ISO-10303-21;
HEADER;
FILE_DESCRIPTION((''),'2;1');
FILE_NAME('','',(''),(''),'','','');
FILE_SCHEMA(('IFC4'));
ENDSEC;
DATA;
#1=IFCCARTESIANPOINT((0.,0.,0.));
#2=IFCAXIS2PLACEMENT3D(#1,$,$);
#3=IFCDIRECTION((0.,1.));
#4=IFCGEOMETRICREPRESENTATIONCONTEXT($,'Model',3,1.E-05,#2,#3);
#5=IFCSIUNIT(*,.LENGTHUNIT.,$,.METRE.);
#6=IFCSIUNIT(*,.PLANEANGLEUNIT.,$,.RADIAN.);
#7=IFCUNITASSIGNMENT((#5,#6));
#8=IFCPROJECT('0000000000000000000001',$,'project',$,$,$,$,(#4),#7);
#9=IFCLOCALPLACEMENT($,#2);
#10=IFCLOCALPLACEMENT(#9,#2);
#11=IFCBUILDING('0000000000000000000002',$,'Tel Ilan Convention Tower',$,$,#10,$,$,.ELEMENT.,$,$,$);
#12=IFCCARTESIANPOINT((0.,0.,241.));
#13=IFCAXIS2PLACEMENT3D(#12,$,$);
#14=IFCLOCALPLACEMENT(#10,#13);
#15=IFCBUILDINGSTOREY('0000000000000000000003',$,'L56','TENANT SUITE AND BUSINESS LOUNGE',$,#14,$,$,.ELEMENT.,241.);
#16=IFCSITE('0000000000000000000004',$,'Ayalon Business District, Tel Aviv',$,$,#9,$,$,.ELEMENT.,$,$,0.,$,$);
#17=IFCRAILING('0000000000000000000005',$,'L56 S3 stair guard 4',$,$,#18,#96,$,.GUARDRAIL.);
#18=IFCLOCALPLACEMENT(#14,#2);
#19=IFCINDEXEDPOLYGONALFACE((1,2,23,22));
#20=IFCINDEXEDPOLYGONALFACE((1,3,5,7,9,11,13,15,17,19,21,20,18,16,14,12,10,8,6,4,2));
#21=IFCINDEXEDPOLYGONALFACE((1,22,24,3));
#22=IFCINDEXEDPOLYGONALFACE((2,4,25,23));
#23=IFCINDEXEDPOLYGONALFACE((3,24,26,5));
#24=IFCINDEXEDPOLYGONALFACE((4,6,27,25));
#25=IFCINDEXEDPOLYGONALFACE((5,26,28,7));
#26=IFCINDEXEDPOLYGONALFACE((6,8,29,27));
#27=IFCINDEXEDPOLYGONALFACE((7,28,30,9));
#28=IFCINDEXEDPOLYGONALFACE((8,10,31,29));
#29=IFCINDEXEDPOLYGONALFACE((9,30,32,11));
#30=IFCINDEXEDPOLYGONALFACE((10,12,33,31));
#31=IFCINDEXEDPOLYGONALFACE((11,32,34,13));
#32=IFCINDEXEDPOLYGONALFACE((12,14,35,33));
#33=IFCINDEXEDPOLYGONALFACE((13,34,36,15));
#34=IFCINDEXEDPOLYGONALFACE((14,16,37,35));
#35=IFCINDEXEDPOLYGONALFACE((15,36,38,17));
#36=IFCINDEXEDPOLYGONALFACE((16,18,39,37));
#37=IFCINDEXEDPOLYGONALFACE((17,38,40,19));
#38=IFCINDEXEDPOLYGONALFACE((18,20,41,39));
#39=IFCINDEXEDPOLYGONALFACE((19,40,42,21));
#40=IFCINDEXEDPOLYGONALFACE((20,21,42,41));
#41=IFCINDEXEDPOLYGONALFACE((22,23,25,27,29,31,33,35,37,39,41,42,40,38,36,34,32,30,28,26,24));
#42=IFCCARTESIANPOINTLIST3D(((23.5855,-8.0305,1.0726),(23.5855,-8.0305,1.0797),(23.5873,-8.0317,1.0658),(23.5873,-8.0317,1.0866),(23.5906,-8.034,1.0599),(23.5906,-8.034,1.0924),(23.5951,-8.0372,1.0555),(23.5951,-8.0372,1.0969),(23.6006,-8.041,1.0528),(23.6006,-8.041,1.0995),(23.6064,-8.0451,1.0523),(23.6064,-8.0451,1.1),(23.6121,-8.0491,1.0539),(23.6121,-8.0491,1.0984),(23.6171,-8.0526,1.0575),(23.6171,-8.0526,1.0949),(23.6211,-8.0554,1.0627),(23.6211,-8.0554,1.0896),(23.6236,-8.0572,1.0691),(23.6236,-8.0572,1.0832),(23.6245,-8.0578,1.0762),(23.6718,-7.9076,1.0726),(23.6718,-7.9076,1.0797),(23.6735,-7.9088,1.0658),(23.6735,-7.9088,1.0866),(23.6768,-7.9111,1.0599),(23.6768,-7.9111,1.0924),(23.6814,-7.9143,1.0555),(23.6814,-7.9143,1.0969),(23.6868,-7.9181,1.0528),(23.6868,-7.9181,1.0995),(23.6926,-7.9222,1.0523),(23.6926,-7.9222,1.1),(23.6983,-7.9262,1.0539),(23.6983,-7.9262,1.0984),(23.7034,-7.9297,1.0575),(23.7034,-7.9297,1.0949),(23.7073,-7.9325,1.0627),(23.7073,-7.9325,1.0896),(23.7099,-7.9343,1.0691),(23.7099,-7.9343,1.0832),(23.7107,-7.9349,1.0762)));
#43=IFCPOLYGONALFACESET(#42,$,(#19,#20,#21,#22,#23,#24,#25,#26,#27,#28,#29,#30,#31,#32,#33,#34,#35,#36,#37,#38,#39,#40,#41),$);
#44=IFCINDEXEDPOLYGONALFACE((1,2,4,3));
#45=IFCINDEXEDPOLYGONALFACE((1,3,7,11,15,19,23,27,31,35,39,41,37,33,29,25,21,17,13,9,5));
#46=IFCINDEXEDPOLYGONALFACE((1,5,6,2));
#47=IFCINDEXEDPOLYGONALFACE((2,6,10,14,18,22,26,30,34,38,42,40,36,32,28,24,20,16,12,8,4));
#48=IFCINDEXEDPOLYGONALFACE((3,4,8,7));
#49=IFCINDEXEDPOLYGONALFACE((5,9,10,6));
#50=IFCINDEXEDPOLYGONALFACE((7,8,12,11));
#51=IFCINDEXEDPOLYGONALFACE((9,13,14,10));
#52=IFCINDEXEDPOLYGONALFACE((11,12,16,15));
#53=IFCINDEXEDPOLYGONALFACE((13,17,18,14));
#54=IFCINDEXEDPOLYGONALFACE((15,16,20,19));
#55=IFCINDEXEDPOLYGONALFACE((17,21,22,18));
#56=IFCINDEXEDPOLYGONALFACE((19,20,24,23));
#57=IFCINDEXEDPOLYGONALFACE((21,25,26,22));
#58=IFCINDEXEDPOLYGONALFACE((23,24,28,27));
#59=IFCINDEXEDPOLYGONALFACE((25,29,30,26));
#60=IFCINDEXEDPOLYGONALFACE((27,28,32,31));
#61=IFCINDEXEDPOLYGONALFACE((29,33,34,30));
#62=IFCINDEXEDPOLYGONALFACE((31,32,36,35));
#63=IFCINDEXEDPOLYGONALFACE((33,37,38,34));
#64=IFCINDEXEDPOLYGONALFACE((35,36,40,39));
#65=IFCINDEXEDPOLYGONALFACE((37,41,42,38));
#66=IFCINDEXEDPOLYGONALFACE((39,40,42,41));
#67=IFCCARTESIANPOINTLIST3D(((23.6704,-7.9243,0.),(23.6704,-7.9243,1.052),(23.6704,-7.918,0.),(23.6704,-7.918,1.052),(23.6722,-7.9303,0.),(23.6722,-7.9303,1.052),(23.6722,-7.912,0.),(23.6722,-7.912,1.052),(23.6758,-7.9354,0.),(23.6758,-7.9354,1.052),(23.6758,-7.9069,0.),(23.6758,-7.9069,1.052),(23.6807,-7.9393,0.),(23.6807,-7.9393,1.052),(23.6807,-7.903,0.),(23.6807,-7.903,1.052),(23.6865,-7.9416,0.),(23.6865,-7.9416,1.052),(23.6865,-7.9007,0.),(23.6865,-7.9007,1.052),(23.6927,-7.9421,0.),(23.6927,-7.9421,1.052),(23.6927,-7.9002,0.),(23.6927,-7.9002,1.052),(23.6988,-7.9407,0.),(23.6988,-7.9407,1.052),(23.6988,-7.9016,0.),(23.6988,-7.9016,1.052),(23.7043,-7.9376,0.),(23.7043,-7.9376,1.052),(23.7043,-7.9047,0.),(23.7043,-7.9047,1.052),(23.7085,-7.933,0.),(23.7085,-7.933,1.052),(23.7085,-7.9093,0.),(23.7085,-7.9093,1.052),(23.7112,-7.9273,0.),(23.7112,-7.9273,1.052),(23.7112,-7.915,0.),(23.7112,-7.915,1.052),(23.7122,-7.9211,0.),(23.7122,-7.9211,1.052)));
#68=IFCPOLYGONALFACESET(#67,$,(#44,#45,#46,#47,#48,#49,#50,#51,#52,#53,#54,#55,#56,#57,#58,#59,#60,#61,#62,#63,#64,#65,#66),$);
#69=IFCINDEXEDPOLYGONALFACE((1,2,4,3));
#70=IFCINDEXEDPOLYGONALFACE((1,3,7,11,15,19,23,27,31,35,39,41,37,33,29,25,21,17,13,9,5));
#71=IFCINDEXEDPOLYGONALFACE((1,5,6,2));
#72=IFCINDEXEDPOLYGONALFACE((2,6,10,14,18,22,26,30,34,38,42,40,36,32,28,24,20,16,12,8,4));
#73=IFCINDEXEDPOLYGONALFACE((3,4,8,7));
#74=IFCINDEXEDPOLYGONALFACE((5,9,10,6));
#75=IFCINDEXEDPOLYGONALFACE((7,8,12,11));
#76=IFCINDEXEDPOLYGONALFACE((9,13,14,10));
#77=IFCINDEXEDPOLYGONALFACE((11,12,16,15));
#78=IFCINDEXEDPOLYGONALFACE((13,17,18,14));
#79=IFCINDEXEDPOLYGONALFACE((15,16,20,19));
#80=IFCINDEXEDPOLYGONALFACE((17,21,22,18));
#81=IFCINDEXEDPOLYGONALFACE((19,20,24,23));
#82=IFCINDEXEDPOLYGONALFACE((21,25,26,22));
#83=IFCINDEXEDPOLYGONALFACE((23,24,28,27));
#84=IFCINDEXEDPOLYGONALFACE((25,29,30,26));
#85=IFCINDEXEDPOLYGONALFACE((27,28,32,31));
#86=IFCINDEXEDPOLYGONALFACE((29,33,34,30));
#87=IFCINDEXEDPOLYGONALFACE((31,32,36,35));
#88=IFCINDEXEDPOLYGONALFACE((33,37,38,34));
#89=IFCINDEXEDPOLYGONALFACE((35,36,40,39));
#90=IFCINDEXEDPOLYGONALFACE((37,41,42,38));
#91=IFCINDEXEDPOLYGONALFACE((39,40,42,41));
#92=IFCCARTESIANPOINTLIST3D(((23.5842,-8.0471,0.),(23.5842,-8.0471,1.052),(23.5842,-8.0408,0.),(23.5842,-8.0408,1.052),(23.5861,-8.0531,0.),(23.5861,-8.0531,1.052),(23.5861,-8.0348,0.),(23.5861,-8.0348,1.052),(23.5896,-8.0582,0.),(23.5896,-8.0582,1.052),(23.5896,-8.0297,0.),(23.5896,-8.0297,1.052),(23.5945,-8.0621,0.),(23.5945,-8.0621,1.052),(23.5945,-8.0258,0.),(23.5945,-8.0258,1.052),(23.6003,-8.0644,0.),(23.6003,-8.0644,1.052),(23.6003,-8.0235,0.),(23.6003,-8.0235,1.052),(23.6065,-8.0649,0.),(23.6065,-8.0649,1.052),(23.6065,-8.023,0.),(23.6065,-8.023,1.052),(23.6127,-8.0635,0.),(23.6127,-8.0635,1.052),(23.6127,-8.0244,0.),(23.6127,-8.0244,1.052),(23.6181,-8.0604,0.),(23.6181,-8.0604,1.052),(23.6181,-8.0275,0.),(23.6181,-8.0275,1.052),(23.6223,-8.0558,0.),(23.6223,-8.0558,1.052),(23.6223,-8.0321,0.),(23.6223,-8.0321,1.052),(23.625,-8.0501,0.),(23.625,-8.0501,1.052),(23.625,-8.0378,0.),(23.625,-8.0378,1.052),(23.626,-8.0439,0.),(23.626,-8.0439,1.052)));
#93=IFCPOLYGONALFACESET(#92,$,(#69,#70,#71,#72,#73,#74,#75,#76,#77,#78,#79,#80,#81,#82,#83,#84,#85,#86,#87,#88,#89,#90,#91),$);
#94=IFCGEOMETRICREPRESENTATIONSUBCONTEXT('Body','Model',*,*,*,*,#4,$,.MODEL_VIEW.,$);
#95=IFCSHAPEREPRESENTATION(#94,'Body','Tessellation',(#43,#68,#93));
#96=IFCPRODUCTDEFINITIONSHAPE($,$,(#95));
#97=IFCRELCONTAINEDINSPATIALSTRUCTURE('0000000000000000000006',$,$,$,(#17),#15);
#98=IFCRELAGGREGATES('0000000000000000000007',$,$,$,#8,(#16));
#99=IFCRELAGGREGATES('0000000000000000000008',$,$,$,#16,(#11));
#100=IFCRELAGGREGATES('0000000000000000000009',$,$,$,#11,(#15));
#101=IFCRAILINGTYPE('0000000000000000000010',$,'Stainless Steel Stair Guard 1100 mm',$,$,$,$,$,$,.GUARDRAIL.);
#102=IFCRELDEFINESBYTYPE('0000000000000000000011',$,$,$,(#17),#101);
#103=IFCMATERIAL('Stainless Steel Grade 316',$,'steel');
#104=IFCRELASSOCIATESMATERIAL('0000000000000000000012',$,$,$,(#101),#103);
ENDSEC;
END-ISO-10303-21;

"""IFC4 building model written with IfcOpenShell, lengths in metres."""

from ifc_helpers import new_model, si_unit, direction, frame, origin, origin_2d, place, context, subcontext, project, spatial, circle, extrude, material, type_object, element, save


model = new_model("IFC4")

# Units and contexts
model_context = context("Model", 3, precision=1e-05, world=origin(), true_north=direction((0.0, 1.0)))
body_context = subcontext(model_context, "Body", "Model", "MODEL_VIEW")
ifc_project = project(units=[si_unit("LENGTHUNIT", "METRE"), si_unit("PLANEANGLEUNIT", "RADIAN")], contexts=[model_context])

# Site, building, storey
site_placement = place(None, origin())
site = spatial("IfcSite", under=ifc_project, at=site_placement, Name="Ayalon Business District, Tel Aviv", CompositionType="ELEMENT", RefElevation=0.0)
building_placement = place(site_placement, origin())
building = spatial("IfcBuilding", under=site, at=building_placement, Name="Tel Ilan Convention Tower", CompositionType="ELEMENT")
storey_placement = place(building_placement, frame((0.0, 0.0, 241.0)))
storey = spatial("IfcBuildingStorey", under=building, at=storey_placement, Name="L56", Description="TENANT SUITE AND BUSINESS LOUNGE", CompositionType="ELEMENT", Elevation=241.0)

# Railing
ifc_material_1 = material(Name="Stainless Steel Grade 316", Category="steel")
railing_type_1 = type_object("IfcRailingType", Name="Stainless Steel Stair Guard 1100 mm", PredefinedType="GUARDRAIL", material=ifc_material_1)
railing_1_placement = place(storey_placement, frame((23.6912, -7.9211, 0.0)))
element("IfcRailing", 1, at=railing_1_placement, inside=storey, type_object=railing_type_1, Name="L56 S3 stair guard 4", PredefinedType="GUARDRAIL", context=body_context, shape_type="SweptSolid", body=[
    extrude(circle(Radius=0.0239, at=origin_2d()), frame((0.0, 0.0, 1.0762), z_axis=(-0.574445, -0.818543, 0.0), x_axis=(0.818543, -0.574445, 0.0)), (0.0, 0.0, 1.0), 0.1501),
    extrude(circle(Radius=0.021, at=origin_2d()), origin(), (0.0, 0.0, 1.0), 1.052),
    extrude(circle(Radius=0.021, at=origin_2d()), frame((-0.0862, -0.1228, 0.0)), (0.0, 0.0, 1.0), 1.052),
])

save(model, "model.ifc")
